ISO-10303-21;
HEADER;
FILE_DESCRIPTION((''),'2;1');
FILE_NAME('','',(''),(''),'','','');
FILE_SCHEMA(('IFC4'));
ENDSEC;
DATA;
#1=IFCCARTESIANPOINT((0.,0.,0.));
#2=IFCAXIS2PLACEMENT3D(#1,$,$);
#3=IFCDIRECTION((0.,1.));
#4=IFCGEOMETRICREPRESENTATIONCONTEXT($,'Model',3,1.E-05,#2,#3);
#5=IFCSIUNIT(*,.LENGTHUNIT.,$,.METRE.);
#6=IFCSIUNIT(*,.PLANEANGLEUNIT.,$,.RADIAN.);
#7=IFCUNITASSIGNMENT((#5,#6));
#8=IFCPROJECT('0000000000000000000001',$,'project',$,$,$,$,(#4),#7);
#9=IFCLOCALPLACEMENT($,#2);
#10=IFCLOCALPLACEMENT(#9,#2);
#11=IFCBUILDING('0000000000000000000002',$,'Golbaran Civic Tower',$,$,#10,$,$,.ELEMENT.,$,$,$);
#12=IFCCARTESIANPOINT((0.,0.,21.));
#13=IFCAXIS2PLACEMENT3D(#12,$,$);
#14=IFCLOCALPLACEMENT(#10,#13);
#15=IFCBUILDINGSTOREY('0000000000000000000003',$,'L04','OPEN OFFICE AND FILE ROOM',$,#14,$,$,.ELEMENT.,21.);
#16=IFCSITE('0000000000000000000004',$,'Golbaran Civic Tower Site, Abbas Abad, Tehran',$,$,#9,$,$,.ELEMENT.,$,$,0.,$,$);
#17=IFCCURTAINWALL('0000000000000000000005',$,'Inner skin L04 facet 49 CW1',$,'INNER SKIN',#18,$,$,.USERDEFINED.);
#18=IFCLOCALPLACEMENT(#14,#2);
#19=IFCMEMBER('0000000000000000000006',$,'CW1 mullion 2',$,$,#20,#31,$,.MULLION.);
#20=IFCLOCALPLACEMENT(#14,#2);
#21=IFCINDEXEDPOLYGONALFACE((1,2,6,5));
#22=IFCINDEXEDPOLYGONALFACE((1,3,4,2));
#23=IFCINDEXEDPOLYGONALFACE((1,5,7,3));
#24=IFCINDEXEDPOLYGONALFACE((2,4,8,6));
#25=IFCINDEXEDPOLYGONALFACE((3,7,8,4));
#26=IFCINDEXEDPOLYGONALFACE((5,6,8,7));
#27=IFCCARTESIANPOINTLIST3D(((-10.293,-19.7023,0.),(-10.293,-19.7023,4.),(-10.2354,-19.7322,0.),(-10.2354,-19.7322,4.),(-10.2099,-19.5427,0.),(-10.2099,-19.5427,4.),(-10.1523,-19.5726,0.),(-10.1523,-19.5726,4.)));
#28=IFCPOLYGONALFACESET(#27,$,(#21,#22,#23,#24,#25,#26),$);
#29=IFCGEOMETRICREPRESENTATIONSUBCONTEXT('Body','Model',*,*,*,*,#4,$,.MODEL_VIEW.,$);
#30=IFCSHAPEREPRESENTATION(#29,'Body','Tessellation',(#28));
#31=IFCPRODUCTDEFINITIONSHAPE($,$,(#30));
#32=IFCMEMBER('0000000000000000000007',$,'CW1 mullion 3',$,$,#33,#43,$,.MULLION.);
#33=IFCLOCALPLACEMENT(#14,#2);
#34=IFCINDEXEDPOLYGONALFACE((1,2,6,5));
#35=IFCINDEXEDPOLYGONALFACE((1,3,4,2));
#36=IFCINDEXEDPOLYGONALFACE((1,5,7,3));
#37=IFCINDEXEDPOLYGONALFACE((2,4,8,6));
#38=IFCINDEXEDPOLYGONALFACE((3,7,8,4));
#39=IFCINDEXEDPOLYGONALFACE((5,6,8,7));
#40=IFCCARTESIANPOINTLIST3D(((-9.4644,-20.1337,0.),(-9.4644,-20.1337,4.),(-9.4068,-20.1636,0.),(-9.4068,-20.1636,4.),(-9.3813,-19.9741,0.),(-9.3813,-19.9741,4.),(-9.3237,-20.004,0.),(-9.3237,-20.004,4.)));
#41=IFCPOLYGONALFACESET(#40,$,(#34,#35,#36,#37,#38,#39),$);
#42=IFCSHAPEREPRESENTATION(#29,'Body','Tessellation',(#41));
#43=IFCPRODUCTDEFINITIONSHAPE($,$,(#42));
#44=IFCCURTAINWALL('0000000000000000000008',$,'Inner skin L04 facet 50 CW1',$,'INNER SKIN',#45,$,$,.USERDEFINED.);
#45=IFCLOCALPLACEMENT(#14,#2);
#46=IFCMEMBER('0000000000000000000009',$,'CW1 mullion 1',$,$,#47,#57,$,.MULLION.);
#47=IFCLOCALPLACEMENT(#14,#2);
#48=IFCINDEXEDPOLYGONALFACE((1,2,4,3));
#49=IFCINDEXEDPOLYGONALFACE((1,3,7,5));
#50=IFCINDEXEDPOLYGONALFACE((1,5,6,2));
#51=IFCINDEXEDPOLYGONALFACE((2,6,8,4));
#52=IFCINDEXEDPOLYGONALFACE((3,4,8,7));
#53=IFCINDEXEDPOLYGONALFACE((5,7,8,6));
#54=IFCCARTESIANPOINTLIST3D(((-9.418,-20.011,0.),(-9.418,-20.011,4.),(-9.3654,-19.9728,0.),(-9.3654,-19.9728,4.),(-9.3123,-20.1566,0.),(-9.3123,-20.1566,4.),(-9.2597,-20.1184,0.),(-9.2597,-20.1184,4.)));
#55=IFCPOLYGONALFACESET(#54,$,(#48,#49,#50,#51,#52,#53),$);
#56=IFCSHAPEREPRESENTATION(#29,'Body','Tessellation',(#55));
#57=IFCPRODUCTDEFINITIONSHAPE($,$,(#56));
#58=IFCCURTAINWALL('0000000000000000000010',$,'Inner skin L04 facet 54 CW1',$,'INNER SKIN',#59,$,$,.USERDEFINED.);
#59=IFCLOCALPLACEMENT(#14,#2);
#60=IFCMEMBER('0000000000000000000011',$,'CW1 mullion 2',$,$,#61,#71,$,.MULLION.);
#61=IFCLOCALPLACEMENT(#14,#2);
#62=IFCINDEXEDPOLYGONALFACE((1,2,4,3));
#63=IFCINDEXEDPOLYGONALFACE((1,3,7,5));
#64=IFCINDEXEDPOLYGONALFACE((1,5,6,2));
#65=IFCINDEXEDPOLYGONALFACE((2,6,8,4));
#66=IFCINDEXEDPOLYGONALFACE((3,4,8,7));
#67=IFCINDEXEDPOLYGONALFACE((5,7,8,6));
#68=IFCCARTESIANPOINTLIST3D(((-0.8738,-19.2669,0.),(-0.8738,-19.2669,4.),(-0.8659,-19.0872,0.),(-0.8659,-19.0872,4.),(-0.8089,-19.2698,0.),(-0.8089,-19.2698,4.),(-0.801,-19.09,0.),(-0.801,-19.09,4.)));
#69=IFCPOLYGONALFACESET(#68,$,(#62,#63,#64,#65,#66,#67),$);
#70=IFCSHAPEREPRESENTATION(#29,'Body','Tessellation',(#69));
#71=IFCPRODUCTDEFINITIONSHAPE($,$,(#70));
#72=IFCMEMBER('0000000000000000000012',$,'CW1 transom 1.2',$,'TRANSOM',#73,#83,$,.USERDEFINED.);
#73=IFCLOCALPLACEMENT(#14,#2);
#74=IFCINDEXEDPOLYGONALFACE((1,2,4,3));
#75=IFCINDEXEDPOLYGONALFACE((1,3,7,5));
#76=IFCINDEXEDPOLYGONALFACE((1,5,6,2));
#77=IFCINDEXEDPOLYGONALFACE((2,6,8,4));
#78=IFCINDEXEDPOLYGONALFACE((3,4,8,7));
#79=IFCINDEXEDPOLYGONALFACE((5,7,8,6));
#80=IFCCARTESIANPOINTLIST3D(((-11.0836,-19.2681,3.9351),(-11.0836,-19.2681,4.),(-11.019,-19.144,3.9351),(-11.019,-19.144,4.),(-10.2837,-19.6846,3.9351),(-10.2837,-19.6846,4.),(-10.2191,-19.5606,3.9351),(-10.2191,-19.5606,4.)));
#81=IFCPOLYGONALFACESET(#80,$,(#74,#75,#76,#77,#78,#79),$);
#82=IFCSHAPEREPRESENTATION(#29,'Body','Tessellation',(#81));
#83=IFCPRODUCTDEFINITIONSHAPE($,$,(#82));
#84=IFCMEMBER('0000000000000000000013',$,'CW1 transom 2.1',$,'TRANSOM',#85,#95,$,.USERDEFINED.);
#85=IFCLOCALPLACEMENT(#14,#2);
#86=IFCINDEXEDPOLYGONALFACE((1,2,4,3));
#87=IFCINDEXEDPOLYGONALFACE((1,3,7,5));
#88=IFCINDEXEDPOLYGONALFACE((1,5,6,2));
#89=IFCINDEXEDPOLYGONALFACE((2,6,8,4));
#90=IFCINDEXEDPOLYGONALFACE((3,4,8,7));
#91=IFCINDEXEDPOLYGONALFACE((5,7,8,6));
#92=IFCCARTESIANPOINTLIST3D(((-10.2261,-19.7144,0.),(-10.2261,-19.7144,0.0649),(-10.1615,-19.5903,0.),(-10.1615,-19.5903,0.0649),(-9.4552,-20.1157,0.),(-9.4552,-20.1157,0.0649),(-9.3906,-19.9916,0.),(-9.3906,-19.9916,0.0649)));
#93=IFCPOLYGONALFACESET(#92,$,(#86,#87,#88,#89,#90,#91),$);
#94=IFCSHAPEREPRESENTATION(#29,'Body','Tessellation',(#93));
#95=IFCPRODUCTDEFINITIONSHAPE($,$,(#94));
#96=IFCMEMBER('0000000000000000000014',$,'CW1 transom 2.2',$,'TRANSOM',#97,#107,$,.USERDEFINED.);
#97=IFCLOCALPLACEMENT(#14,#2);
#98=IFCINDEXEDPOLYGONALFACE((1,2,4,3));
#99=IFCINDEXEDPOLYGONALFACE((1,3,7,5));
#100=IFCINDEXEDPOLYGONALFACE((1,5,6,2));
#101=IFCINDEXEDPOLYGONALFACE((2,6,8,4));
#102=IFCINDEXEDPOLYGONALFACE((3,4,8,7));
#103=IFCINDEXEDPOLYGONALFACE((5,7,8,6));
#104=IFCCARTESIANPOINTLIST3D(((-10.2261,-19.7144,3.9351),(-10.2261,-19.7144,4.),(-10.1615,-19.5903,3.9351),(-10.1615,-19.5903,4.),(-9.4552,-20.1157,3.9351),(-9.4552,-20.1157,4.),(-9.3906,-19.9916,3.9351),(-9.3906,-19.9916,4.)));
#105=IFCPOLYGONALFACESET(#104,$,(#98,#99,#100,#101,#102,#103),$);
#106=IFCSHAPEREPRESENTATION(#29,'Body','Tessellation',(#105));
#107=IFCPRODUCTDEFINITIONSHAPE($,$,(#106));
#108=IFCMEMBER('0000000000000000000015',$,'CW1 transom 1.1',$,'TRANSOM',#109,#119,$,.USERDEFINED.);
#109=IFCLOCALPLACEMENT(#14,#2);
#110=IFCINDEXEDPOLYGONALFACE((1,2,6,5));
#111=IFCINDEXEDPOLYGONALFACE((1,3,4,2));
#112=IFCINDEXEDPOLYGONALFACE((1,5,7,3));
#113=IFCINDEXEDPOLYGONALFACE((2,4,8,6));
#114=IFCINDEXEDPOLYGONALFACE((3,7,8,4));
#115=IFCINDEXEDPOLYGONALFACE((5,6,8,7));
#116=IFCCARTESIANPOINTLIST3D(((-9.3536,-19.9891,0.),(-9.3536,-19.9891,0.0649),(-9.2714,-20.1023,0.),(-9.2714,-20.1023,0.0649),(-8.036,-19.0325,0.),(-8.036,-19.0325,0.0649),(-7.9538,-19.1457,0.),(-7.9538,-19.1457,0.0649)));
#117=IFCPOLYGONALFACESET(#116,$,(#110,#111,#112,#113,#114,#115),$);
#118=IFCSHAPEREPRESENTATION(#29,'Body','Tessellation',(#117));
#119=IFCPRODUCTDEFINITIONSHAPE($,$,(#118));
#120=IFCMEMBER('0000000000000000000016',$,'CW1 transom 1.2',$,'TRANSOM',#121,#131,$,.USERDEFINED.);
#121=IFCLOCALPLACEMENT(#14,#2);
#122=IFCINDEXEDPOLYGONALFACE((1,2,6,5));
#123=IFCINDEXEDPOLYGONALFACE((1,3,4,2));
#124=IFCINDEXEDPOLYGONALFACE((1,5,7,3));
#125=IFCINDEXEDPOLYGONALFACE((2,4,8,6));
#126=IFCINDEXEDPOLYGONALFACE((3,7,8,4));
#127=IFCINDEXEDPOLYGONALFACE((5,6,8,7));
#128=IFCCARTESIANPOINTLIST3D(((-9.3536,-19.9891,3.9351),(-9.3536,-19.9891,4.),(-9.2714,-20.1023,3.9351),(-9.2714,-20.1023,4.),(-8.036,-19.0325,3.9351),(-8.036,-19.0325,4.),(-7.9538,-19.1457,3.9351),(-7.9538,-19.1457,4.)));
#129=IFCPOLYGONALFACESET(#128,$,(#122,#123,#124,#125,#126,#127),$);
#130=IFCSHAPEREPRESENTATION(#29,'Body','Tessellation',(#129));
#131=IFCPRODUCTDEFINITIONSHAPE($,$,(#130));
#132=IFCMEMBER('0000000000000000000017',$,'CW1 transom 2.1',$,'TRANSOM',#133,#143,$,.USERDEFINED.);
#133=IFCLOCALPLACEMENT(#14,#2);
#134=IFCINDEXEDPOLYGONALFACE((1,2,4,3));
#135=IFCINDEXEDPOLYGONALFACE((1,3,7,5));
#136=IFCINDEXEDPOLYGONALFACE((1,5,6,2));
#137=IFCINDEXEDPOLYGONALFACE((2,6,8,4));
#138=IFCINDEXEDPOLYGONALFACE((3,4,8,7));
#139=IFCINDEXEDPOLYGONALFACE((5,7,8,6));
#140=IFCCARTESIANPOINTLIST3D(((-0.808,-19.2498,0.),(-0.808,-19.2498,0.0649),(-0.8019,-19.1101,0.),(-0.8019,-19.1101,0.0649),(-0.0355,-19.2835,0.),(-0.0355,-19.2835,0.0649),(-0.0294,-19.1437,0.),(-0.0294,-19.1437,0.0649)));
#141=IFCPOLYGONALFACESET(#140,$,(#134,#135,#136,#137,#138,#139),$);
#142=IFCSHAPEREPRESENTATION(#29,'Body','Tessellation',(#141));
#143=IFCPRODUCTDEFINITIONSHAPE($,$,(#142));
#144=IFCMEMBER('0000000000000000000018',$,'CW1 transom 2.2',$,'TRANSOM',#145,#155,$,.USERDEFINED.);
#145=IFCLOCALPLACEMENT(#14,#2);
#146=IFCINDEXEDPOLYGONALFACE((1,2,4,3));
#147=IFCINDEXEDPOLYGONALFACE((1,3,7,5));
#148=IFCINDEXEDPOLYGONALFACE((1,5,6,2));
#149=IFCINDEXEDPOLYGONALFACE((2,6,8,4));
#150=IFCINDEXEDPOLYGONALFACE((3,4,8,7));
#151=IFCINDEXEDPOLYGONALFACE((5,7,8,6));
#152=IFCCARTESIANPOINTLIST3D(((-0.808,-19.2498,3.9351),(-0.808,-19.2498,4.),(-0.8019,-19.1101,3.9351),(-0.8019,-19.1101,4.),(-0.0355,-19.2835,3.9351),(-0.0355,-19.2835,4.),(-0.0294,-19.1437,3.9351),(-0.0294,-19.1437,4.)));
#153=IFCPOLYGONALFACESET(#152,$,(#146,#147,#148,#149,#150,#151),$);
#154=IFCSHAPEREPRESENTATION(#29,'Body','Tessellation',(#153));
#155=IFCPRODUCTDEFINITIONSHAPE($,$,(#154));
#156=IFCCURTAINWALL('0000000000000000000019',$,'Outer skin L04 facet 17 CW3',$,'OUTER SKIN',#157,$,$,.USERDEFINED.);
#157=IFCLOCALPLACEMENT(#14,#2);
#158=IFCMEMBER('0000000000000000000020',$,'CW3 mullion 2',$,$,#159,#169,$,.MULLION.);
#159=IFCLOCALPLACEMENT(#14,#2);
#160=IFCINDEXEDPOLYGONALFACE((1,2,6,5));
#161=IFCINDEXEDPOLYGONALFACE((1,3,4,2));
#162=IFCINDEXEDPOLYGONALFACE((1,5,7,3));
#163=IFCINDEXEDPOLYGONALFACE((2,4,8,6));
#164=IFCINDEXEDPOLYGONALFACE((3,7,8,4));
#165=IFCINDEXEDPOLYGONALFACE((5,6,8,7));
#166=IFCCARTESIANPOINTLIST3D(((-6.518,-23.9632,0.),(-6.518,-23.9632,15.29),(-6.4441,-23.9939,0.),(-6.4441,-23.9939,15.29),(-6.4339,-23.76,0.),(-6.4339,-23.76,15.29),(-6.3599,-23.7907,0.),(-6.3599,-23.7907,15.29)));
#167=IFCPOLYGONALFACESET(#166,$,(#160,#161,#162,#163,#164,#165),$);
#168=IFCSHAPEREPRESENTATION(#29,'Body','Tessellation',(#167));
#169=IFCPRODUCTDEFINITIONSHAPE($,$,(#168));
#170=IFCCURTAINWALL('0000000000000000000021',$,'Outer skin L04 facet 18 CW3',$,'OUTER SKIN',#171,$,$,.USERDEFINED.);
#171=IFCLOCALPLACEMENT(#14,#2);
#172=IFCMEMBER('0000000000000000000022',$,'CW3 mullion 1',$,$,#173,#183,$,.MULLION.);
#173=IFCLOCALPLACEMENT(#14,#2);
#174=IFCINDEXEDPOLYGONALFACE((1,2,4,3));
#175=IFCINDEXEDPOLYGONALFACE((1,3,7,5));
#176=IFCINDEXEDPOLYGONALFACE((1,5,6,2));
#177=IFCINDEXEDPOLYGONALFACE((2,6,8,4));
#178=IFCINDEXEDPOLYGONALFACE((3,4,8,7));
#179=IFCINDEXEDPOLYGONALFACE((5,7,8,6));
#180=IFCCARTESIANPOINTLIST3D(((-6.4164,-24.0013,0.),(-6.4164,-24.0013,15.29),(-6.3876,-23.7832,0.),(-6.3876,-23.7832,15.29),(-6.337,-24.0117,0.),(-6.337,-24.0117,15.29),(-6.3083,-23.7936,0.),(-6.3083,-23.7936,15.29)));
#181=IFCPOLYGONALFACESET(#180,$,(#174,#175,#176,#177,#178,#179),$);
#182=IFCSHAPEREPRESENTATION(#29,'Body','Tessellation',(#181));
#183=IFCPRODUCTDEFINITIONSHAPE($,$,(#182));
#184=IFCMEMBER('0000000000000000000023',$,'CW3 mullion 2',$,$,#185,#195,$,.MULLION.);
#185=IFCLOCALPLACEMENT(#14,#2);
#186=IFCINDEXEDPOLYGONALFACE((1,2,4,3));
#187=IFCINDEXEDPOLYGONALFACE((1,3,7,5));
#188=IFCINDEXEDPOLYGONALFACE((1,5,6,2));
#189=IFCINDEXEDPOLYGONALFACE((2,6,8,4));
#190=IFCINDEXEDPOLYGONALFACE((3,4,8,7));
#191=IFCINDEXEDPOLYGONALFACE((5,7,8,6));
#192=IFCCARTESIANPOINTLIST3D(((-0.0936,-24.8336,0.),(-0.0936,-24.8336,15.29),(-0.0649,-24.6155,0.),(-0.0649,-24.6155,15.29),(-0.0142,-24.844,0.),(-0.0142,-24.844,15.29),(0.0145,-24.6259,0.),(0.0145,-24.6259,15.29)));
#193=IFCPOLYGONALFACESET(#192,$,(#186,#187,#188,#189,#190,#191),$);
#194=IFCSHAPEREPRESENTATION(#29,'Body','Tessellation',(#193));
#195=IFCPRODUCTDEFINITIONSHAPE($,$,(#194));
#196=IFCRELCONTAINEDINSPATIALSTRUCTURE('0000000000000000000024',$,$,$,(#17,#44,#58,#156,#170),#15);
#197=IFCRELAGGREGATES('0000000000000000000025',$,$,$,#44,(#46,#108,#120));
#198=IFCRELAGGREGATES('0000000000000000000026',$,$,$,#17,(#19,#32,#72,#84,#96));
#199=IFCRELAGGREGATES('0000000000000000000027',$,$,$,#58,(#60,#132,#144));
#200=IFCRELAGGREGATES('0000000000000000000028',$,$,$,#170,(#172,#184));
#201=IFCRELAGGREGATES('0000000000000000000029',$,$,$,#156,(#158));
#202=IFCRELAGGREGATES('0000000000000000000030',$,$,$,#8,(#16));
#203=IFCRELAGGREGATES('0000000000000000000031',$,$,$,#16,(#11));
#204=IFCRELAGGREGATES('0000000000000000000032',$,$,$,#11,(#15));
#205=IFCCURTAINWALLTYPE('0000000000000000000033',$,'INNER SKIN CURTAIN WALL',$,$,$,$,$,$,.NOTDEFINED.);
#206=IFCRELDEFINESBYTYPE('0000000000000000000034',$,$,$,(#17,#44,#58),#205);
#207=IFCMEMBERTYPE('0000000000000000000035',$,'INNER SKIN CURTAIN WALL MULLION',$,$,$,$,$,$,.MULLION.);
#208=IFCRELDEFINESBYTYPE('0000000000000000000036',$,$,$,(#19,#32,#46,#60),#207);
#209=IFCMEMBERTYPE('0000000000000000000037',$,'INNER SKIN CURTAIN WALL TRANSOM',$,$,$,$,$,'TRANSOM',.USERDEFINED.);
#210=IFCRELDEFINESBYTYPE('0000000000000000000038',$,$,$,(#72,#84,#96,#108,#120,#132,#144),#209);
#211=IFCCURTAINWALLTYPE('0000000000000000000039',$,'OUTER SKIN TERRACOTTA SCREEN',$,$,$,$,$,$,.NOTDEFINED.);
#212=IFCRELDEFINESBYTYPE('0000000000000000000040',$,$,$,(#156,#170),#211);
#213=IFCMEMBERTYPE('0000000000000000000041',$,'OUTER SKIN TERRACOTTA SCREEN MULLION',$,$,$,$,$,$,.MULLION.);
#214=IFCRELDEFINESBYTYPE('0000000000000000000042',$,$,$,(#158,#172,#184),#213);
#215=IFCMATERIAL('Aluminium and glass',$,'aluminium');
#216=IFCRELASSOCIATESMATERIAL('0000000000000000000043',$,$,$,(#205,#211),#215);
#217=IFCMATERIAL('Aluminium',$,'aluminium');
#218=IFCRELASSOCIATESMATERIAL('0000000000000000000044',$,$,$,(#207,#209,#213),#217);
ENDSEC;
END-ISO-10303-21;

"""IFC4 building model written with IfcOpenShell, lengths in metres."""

from ifc_helpers import new_model, si_unit, direction, frame, origin, origin_2d, place, context, subcontext, project, spatial, rectangle, extrude, material, material_profile, profile_set, type_object, element, aggregate, save


model = new_model("IFC4")

# Units and contexts
model_context = context("Model", 3, precision=1e-05, world=origin(), true_north=direction((0.0, 1.0)))
body_context = subcontext(model_context, "Body", "Model", "MODEL_VIEW")
ifc_project = project(units=[si_unit("LENGTHUNIT", "METRE"), si_unit("PLANEANGLEUNIT", "RADIAN")], contexts=[model_context])

# Site, building, storey
site_placement = place(None, origin())
site = spatial("IfcSite", under=ifc_project, at=site_placement, Name="Golbaran Civic Tower Site, Abbas Abad, Tehran", CompositionType="ELEMENT", RefElevation=0.0)
building_placement = place(site_placement, origin())
building = spatial("IfcBuilding", under=site, at=building_placement, Name="Golbaran Civic Tower", CompositionType="ELEMENT")
storey_placement = place(building_placement, frame((0.0, 0.0, 21.0)))
storey = spatial("IfcBuildingStorey", under=building, at=storey_placement, Name="L04", Description="OPEN OFFICE AND FILE ROOM", CompositionType="ELEMENT", Elevation=21.0)

# Curtain wall, members
ifc_material_1 = material(Name="Aluminium and glass", Category="aluminium")
curtain_wall_type_1 = type_object("IfcCurtainWallType", Name="INNER SKIN CURTAIN WALL", PredefinedType="NOTDEFINED", material=ifc_material_1)
curtain_wall_1_placement = place(storey_placement, origin())
curtain_wall_1 = element("IfcCurtainWall", 1, at=curtain_wall_1_placement, inside=storey, type_object=curtain_wall_type_1, Name="Inner skin L04 facet 49 CW1", ObjectType="INNER SKIN", PredefinedType="USERDEFINED")
ifc_material_2 = material(Name="Aluminium", Category="aluminium")
ifc_material_profile_1 = material_profile(ifc_material_2, rectangle(XDim=0.1799, YDim=0.0649, at=origin_2d()), Name="INNER SKIN CURTAIN WALL MULLION")
ifc_profile_set_1 = profile_set([ifc_material_profile_1], Name="Aluminium")
member_type_1 = type_object("IfcMemberType", Name="INNER SKIN CURTAIN WALL MULLION", PredefinedType="MULLION", material=ifc_profile_set_1)
member_1_placement = place(storey_placement, frame((-10.2227, -19.6375, 0.0), z_axis=(0.0, 0.0, 1.0), x_axis=(0.461749, 0.887011, 0.0)))
member_1 = element("IfcMember", 2, at=member_1_placement, type_object=member_type_1, Name="CW1 mullion 2", PredefinedType="MULLION", context=body_context, shape_type="SweptSolid", body=[
    extrude(rectangle(XDim=0.1799, YDim=0.0649, at=origin_2d()), origin(), (0.0, 0.0, 1.0), 4.0),
])
member_2_placement = place(storey_placement, frame((-9.394, -20.0688, 0.0), z_axis=(0.0, 0.0, 1.0), x_axis=(0.461749, 0.887011, 0.0)))
member_2 = element("IfcMember", 3, at=member_2_placement, type_object=member_type_1, Name="CW1 mullion 3", PredefinedType="MULLION", context=body_context, shape_type="SweptSolid", body=[
    extrude(rectangle(XDim=0.1799, YDim=0.0649, at=origin_2d()), origin(), (0.0, 0.0, 1.0), 4.0),
])

# Curtain walls, members
curtain_wall_2_placement = place(storey_placement, origin())
curtain_wall_2 = element("IfcCurtainWall", 4, at=curtain_wall_2_placement, inside=storey, type_object=curtain_wall_type_1, Name="Inner skin L04 facet 50 CW1", ObjectType="INNER SKIN", PredefinedType="USERDEFINED")
member_3_placement = place(storey_placement, frame((-9.3389, -20.0647, 0.0), z_axis=(0.0, 0.0, 1.0), x_axis=(-0.587431, 0.809274, 0.0)))
member_3 = element("IfcMember", 5, at=member_3_placement, type_object=member_type_1, Name="CW1 mullion 1", PredefinedType="MULLION", context=body_context, shape_type="SweptSolid", body=[
    extrude(rectangle(XDim=0.1799, YDim=0.0649, at=origin_2d()), origin(), (0.0, 0.0, 1.0), 4.0),
])
curtain_wall_3_placement = place(storey_placement, origin())
curtain_wall_3 = element("IfcCurtainWall", 6, at=curtain_wall_3_placement, inside=storey, type_object=curtain_wall_type_1, Name="Inner skin L04 facet 54 CW1", ObjectType="INNER SKIN", PredefinedType="USERDEFINED")
member_4_placement = place(storey_placement, frame((-0.8374, -19.1785, 0.0), z_axis=(0.0, 0.0, 1.0), x_axis=(0.043619, 0.999048, 0.0)))
member_4 = element("IfcMember", 7, at=member_4_placement, type_object=member_type_1, Name="CW1 mullion 2", PredefinedType="MULLION", context=body_context, shape_type="SweptSolid", body=[
    extrude(rectangle(XDim=0.1799, YDim=0.0649, at=origin_2d()), origin(), (0.0, 0.0, 1.0), 4.0),
])

# Members
ifc_material_profile_2 = material_profile(ifc_material_2, rectangle(XDim=0.1399, YDim=0.0649, at=origin_2d()), Name="INNER SKIN CURTAIN WALL TRANSOM")
ifc_profile_set_2 = profile_set([ifc_material_profile_2], Name="Aluminium")
member_type_2 = type_object("IfcMemberType", Name="INNER SKIN CURTAIN WALL TRANSOM", ElementType="TRANSOM", PredefinedType="USERDEFINED", material=ifc_profile_set_2)
member_5_placement = place(storey_placement, frame((-11.0513, -19.2061, 3.9675), z_axis=(0.886942, -0.461881, 0.0), x_axis=(0.461881, 0.886942, 0.0)))
member_5 = element("IfcMember", 8, at=member_5_placement, type_object=member_type_2, Name="CW1 transom 1.2", ObjectType="TRANSOM", PredefinedType="USERDEFINED", context=body_context, shape_type="SweptSolid", body=[
    extrude(rectangle(XDim=0.1399, YDim=0.0649, at=origin_2d()), origin(), (0.0, 0.0, 1.0), 0.9019),
])
member_6_placement = place(storey_placement, frame((-10.1938, -19.6523, 0.0325), z_axis=(0.887005, -0.461759, 0.0), x_axis=(0.461759, 0.887005, 0.0)))
member_6 = element("IfcMember", 9, at=member_6_placement, type_object=member_type_2, Name="CW1 transom 2.1", ObjectType="TRANSOM", PredefinedType="USERDEFINED", context=body_context, shape_type="SweptSolid", body=[
    extrude(rectangle(XDim=0.1399, YDim=0.0649, at=origin_2d()), origin(), (0.0, 0.0, 1.0), 0.8691),
])
member_7_placement = place(storey_placement, frame((-10.1938, -19.6523, 3.9675), z_axis=(0.887005, -0.461759, 0.0), x_axis=(0.461759, 0.887005, 0.0)))
member_7 = element("IfcMember", 10, at=member_7_placement, type_object=member_type_2, Name="CW1 transom 2.2", ObjectType="TRANSOM", PredefinedType="USERDEFINED", context=body_context, shape_type="SweptSolid", body=[
    extrude(rectangle(XDim=0.1399, YDim=0.0649, at=origin_2d()), origin(), (0.0, 0.0, 1.0), 0.8691),
])
member_8_placement = place(storey_placement, frame((-9.3125, -20.0457, 0.0325), z_axis=(0.809242, 0.587476, 0.0), x_axis=(-0.587476, 0.809242, 0.0)))
member_8 = element("IfcMember", 11, at=member_8_placement, type_object=member_type_2, Name="CW1 transom 1.1", ObjectType="TRANSOM", PredefinedType="USERDEFINED", context=body_context, shape_type="SweptSolid", body=[
    extrude(rectangle(XDim=0.1399, YDim=0.0649, at=origin_2d()), origin(), (0.0, 0.0, 1.0), 1.6282),
])
member_9_placement = place(storey_placement, frame((-9.3125, -20.0457, 3.9675), z_axis=(0.809242, 0.587476, 0.0), x_axis=(-0.587476, 0.809242, 0.0)))
member_9 = element("IfcMember", 12, at=member_9_placement, type_object=member_type_2, Name="CW1 transom 1.2", ObjectType="TRANSOM", PredefinedType="USERDEFINED", context=body_context, shape_type="SweptSolid", body=[
    extrude(rectangle(XDim=0.1399, YDim=0.0649, at=origin_2d()), origin(), (0.0, 0.0, 1.0), 1.6282),
])
member_10_placement = place(storey_placement, frame((-0.8049, -19.1799, 0.0325), z_axis=(0.99905, -0.043574, 0.0), x_axis=(0.043574, 0.99905, 0.0)))
member_10 = element("IfcMember", 13, at=member_10_placement, type_object=member_type_2, Name="CW1 transom 2.1", ObjectType="TRANSOM", PredefinedType="USERDEFINED", context=body_context, shape_type="SweptSolid", body=[
    extrude(rectangle(XDim=0.1399, YDim=0.0649, at=origin_2d()), origin(), (0.0, 0.0, 1.0), 0.7732),
])
member_11_placement = place(storey_placement, frame((-0.8049, -19.1799, 3.9675), z_axis=(0.99905, -0.043574, 0.0), x_axis=(0.043574, 0.99905, 0.0)))
member_11 = element("IfcMember", 14, at=member_11_placement, type_object=member_type_2, Name="CW1 transom 2.2", ObjectType="TRANSOM", PredefinedType="USERDEFINED", context=body_context, shape_type="SweptSolid", body=[
    extrude(rectangle(XDim=0.1399, YDim=0.0649, at=origin_2d()), origin(), (0.0, 0.0, 1.0), 0.7732),
])

# Curtain wall, member
curtain_wall_type_2 = type_object("IfcCurtainWallType", Name="OUTER SKIN TERRACOTTA SCREEN", PredefinedType="NOTDEFINED", material=ifc_material_1)
curtain_wall_4_placement = place(storey_placement, origin())
curtain_wall_4 = element("IfcCurtainWall", 15, at=curtain_wall_4_placement, inside=storey, type_object=curtain_wall_type_2, Name="Outer skin L04 facet 17 CW3", ObjectType="OUTER SKIN", PredefinedType="USERDEFINED")
ifc_material_profile_3 = material_profile(ifc_material_2, rectangle(XDim=0.22, YDim=0.0801, at=origin_2d()), Name="OUTER SKIN TERRACOTTA SCREEN MULLION")
ifc_profile_set_3 = profile_set([ifc_material_profile_3], Name="Aluminium")
member_type_3 = type_object("IfcMemberType", Name="OUTER SKIN TERRACOTTA SCREEN MULLION", PredefinedType="MULLION", material=ifc_profile_set_3)
member_12_placement = place(storey_placement, frame((-6.439, -23.877, 0.0), z_axis=(0.0, 0.0, 1.0), x_axis=(0.382683, 0.92388, 0.0)))
member_12 = element("IfcMember", 16, at=member_12_placement, type_object=member_type_3, Name="CW3 mullion 2", PredefinedType="MULLION", context=body_context, shape_type="SweptSolid", body=[
    extrude(rectangle(XDim=0.22, YDim=0.0801, at=origin_2d()), origin(), (0.0, 0.0, 1.0), 15.29),
])

# Curtain wall, members
curtain_wall_5_placement = place(storey_placement, origin())
curtain_wall_5 = element("IfcCurtainWall", 17, at=curtain_wall_5_placement, inside=storey, type_object=curtain_wall_type_2, Name="Outer skin L04 facet 18 CW3", ObjectType="OUTER SKIN", PredefinedType="USERDEFINED")
member_13_placement = place(storey_placement, frame((-6.3623, -23.8975, 0.0), z_axis=(0.0, 0.0, 1.0), x_axis=(0.130526, 0.991445, 0.0)))
member_13 = element("IfcMember", 18, at=member_13_placement, type_object=member_type_3, Name="CW3 mullion 1", PredefinedType="MULLION", context=body_context, shape_type="SweptSolid", body=[
    extrude(rectangle(XDim=0.22, YDim=0.0801, at=origin_2d()), origin(), (0.0, 0.0, 1.0), 15.29),
])
member_14_placement = place(storey_placement, frame((-0.0396, -24.7297, 0.0), z_axis=(0.0, 0.0, 1.0), x_axis=(0.130526, 0.991445, 0.0)))
member_14 = element("IfcMember", 19, at=member_14_placement, type_object=member_type_3, Name="CW3 mullion 2", PredefinedType="MULLION", context=body_context, shape_type="SweptSolid", body=[
    extrude(rectangle(XDim=0.22, YDim=0.0801, at=origin_2d()), origin(), (0.0, 0.0, 1.0), 15.29),
])

aggregate(curtain_wall_2, [member_3, member_8, member_9])
aggregate(curtain_wall_1, [member_1, member_2, member_5, member_6, member_7])
aggregate(curtain_wall_3, [member_4, member_10, member_11])
aggregate(curtain_wall_5, [member_13, member_14])
aggregate(curtain_wall_4, [member_12])

save(model, "model.ifc")
